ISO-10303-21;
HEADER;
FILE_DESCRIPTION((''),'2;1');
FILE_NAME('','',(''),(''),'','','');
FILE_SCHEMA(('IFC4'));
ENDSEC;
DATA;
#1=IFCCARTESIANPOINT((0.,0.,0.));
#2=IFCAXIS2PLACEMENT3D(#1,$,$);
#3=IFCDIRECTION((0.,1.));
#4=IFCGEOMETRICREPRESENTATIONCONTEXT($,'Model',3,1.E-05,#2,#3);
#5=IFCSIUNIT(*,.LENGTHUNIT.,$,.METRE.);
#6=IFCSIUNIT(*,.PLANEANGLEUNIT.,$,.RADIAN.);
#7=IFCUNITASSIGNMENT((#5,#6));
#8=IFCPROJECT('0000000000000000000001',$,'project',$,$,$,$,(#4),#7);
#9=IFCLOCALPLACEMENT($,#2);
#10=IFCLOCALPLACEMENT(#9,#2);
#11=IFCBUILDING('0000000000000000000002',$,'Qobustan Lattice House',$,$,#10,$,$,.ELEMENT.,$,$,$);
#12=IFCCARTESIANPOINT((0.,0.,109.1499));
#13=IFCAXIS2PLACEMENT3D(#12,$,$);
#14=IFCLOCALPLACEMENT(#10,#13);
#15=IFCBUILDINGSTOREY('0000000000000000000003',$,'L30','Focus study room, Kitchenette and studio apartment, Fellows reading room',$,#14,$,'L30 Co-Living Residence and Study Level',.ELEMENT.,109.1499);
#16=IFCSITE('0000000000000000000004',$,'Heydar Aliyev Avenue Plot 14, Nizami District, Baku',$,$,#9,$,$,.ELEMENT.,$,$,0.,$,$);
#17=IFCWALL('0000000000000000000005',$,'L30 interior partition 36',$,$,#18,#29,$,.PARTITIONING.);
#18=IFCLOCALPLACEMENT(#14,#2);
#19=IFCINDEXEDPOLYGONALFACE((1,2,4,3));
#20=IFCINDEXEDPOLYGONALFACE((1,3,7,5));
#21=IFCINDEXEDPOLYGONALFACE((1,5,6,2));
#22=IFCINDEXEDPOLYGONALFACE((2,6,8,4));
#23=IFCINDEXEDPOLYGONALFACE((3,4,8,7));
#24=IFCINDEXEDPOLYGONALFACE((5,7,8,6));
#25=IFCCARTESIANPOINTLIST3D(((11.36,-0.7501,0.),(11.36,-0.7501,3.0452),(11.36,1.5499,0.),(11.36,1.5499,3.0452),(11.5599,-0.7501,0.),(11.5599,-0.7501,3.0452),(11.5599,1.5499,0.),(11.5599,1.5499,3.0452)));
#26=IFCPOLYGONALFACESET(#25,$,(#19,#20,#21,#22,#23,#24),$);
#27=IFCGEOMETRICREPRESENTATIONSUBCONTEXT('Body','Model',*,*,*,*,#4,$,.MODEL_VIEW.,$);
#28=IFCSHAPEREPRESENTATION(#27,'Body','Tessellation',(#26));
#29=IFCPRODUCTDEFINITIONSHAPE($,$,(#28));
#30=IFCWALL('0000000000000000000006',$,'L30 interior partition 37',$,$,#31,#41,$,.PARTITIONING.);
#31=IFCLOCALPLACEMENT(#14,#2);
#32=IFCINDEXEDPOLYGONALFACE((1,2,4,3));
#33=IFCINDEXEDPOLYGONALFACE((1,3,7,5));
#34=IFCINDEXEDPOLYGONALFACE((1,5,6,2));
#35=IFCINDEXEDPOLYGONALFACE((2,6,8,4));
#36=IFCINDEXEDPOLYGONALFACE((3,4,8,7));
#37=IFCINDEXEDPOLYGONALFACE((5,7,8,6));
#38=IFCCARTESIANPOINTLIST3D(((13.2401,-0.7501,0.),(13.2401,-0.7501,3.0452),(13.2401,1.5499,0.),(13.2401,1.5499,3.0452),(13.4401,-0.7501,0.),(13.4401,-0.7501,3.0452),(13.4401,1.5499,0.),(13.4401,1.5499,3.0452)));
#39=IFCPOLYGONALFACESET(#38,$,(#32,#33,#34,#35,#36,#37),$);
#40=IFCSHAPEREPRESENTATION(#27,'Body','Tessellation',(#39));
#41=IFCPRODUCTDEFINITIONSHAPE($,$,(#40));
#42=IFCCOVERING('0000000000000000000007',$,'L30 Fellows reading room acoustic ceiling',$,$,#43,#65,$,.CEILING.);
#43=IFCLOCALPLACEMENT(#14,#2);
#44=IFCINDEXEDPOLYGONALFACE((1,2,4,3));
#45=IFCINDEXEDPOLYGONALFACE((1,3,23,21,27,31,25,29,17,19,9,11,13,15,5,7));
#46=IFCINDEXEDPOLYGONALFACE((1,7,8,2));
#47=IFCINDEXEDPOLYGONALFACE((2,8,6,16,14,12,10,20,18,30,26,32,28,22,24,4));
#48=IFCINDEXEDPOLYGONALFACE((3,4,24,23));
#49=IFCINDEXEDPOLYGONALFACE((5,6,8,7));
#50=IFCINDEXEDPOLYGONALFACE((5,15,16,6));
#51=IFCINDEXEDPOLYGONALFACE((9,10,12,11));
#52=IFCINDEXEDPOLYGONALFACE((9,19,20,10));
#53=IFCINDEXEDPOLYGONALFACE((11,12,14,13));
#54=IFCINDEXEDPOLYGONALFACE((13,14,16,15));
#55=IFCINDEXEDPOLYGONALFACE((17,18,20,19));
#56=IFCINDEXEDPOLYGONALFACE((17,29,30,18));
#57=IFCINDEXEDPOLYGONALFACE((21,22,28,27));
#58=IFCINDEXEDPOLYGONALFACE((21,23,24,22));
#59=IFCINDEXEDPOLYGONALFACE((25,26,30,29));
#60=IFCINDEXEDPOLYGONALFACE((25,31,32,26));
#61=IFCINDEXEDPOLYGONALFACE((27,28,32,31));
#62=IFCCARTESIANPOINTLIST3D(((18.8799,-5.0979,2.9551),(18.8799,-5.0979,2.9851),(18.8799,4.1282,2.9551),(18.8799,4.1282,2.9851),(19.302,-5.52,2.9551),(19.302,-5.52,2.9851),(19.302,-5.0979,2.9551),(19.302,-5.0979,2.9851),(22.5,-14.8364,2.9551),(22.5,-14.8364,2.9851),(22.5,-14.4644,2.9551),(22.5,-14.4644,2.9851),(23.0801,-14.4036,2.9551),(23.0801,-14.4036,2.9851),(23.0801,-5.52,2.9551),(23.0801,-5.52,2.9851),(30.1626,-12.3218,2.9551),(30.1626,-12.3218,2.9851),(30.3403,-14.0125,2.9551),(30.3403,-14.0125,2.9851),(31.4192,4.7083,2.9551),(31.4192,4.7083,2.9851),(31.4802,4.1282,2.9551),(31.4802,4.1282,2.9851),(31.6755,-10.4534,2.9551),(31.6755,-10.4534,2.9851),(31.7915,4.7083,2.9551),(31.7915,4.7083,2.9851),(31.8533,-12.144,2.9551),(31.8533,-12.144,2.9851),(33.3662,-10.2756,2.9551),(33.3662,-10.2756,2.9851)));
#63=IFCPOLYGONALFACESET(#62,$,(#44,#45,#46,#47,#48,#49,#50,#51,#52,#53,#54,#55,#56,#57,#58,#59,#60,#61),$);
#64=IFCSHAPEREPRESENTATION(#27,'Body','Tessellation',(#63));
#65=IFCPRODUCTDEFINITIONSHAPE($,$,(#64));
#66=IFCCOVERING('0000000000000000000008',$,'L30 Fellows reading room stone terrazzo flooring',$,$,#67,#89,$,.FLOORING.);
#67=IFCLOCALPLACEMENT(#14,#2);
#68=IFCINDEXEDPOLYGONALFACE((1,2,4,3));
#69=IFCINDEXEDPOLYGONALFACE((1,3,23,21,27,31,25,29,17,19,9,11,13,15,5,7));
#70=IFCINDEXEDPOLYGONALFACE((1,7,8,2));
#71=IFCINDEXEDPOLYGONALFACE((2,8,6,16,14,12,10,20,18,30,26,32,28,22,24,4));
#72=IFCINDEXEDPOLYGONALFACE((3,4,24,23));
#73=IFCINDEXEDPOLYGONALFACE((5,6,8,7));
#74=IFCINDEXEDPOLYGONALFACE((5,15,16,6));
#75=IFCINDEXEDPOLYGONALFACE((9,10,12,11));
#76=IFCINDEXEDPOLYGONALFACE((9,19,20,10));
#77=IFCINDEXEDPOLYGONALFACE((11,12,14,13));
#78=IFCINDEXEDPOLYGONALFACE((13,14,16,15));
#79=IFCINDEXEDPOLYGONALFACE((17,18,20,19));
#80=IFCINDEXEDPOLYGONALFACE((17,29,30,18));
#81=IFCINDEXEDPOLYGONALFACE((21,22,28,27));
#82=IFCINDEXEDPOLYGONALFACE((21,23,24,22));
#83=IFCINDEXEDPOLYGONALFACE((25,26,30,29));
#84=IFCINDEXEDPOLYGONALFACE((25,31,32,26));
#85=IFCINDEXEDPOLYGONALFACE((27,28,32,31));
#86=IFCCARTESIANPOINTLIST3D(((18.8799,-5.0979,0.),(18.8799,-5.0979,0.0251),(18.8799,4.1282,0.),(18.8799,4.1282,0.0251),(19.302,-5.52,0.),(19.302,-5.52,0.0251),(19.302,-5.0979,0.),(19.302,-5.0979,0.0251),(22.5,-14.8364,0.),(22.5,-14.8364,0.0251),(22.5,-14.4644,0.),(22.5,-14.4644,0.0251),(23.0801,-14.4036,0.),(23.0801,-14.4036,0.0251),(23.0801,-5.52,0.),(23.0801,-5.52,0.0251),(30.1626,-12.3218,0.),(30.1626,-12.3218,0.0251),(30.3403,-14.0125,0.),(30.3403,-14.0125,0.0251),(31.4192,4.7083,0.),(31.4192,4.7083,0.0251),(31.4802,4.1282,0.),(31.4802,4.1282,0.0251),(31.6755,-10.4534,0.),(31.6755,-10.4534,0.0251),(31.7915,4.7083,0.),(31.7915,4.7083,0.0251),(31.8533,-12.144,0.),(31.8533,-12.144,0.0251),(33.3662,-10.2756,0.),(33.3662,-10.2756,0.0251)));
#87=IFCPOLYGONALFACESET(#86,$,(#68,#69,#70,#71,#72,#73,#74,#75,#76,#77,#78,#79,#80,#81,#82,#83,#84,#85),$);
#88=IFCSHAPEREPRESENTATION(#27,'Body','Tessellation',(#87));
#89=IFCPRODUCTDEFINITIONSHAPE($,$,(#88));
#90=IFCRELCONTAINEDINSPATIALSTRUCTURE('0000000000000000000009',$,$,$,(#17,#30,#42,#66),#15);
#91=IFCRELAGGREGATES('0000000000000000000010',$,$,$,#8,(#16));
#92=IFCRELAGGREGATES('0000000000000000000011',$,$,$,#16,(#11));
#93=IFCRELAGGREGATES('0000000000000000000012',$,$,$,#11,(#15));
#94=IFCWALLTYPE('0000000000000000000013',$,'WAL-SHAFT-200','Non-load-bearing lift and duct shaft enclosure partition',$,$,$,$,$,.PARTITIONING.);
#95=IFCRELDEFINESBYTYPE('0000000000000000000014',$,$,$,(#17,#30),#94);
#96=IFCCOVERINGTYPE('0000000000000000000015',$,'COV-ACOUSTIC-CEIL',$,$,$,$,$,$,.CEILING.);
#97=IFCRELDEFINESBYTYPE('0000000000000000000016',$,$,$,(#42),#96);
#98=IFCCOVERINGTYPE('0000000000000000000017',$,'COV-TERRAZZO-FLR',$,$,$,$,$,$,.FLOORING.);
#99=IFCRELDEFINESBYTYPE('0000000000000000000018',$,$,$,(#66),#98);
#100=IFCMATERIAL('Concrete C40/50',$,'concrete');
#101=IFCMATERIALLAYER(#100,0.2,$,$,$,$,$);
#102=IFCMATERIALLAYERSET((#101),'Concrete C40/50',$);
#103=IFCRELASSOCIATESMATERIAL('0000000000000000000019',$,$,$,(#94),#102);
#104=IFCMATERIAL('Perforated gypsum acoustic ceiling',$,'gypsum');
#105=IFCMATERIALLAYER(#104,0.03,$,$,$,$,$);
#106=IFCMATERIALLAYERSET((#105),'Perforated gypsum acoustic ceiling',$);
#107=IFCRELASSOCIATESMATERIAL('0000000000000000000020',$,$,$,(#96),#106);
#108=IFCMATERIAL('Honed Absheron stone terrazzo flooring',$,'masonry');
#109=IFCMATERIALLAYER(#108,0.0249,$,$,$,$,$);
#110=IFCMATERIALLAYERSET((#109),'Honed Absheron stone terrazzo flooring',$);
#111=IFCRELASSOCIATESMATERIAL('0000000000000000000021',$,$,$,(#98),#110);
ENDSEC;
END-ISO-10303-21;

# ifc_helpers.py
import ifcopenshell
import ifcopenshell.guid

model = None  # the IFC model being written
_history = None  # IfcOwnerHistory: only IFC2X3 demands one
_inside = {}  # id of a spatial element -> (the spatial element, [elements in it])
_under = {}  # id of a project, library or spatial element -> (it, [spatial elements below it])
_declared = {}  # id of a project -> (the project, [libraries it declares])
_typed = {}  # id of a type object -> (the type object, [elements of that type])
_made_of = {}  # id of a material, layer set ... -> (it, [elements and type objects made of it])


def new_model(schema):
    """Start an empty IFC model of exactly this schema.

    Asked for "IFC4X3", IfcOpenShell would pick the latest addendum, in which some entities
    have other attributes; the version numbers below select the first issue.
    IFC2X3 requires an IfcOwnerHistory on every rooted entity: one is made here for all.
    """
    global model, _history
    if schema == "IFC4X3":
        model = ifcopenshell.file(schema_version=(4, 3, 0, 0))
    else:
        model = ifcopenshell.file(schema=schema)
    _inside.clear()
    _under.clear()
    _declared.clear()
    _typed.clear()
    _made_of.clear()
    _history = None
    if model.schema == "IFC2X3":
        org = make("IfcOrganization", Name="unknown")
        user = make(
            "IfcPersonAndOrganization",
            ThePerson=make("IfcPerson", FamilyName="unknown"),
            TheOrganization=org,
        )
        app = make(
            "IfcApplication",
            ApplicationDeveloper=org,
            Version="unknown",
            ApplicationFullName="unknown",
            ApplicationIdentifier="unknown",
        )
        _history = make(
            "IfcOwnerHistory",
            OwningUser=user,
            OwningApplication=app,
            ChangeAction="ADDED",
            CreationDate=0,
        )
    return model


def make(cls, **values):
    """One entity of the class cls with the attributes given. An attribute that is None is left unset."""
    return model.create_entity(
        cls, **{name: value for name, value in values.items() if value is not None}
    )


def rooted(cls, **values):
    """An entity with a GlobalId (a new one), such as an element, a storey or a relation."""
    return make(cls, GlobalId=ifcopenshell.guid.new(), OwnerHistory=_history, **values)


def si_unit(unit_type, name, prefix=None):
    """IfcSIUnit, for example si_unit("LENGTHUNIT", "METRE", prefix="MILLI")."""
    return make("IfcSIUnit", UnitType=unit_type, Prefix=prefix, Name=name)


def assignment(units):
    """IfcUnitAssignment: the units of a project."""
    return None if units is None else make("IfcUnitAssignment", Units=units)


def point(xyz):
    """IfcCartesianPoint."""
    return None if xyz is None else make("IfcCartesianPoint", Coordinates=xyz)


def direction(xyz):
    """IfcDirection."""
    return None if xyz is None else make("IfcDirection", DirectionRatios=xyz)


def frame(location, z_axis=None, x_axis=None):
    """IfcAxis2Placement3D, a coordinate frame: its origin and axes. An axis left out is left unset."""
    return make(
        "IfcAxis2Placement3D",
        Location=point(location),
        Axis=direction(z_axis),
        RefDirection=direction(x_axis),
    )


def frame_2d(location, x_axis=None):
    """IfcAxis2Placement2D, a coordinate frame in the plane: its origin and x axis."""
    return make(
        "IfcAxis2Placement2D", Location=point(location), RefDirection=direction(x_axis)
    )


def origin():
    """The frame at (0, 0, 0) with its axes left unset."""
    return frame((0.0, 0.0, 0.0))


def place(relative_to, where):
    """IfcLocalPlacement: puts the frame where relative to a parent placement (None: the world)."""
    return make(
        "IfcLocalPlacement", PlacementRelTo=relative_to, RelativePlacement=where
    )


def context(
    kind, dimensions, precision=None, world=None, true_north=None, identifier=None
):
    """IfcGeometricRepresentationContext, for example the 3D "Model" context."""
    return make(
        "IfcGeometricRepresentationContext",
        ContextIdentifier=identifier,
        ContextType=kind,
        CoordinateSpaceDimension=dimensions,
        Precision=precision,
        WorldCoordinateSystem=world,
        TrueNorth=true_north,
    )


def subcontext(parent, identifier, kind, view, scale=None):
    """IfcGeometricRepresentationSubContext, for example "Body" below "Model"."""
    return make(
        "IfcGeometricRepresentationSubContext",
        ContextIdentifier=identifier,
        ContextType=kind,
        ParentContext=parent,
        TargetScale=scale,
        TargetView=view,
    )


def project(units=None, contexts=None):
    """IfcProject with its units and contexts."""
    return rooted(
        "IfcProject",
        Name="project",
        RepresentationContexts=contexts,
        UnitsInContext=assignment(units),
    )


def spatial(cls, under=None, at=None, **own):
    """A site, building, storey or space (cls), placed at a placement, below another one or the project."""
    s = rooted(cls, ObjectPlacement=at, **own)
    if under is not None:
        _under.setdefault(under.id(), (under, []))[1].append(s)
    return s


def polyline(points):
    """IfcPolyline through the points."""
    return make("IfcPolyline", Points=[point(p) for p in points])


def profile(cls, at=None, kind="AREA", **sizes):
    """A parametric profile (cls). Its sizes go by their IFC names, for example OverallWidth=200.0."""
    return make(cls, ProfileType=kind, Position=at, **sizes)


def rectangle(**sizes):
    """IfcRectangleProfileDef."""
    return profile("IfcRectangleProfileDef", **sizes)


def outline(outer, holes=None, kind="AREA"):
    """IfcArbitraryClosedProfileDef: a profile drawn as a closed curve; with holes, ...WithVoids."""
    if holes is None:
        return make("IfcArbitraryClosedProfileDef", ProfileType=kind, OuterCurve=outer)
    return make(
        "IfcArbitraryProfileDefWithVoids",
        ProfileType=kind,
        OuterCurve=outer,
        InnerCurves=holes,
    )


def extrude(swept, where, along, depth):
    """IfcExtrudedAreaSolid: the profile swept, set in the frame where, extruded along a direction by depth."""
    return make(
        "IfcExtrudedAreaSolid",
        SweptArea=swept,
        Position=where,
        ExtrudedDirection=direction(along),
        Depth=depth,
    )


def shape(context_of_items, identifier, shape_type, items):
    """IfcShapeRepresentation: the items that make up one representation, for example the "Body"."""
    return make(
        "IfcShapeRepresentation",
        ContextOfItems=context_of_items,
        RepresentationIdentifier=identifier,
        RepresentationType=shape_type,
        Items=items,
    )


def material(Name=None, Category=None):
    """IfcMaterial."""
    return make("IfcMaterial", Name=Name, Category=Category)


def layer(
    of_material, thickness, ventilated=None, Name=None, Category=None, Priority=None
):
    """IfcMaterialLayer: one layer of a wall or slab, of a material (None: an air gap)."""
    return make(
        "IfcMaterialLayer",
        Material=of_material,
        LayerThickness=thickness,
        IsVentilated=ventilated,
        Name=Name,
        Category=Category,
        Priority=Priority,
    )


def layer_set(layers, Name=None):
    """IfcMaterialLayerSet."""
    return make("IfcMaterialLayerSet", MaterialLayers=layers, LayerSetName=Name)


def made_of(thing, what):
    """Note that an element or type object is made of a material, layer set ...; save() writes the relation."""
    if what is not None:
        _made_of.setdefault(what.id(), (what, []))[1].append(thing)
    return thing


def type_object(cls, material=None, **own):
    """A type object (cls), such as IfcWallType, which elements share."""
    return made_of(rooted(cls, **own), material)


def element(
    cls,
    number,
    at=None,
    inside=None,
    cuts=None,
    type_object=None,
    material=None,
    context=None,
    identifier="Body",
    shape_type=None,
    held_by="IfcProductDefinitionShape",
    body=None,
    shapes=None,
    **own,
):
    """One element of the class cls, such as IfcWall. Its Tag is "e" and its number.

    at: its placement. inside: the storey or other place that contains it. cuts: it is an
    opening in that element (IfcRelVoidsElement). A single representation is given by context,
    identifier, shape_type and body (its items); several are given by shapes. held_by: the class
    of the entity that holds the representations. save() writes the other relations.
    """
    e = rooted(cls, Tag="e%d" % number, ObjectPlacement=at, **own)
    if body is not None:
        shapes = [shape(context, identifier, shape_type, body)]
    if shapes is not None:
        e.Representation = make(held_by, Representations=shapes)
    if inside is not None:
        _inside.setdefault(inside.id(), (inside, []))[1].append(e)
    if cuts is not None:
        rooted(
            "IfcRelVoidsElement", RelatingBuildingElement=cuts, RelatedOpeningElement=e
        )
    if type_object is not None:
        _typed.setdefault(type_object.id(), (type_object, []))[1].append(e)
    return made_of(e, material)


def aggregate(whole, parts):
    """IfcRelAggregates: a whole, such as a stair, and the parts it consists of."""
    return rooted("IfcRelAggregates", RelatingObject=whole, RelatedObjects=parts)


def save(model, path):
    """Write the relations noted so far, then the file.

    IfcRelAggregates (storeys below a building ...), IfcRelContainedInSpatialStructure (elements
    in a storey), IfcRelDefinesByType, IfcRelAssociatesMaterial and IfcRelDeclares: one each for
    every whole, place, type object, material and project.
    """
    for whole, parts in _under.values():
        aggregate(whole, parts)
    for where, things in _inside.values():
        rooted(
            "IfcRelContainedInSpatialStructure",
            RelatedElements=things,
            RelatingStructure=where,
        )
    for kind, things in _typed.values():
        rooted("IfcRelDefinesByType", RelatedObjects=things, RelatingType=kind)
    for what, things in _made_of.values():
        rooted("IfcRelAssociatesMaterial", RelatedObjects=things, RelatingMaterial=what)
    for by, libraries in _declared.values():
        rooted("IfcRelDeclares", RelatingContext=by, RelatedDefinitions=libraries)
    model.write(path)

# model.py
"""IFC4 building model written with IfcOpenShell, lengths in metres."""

from ifc_helpers import new_model, si_unit, direction, frame, frame_2d, origin, place, context, subcontext, project, spatial, polyline, rectangle, outline, extrude, material, layer, layer_set, type_object, element, save


model = new_model("IFC4")

# Units and contexts
model_context = context("Model", 3, precision=1e-05, world=origin(), true_north=direction((0.0, 1.0)))
body_context = subcontext(model_context, "Body", "Model", "MODEL_VIEW")
ifc_project = project(units=[si_unit("LENGTHUNIT", "METRE"), si_unit("PLANEANGLEUNIT", "RADIAN")], contexts=[model_context])

# Site, building, storey
site_placement = place(None, origin())
site = spatial("IfcSite", under=ifc_project, at=site_placement, Name="Heydar Aliyev Avenue Plot 14, Nizami District, Baku", CompositionType="ELEMENT", RefElevation=0.0)
building_placement = place(site_placement, origin())
building = spatial("IfcBuilding", under=site, at=building_placement, Name="Qobustan Lattice House", CompositionType="ELEMENT")
storey_placement = place(building_placement, frame((0.0, 0.0, 109.1499)))
storey = spatial("IfcBuildingStorey", under=building, at=storey_placement, Name="L30", Description="Focus study room, Kitchenette and studio apartment, Fellows reading room", LongName="L30 Co-Living Residence and Study Level", CompositionType="ELEMENT", Elevation=109.1499)

# Walls
ifc_material_1 = material(Name="Concrete C40/50", Category="concrete")
ifc_layer_1 = layer(ifc_material_1, 0.2)
ifc_layer_set_1 = layer_set([ifc_layer_1], Name="Concrete C40/50")
wall_type_1 = type_object("IfcWallType", Name="WAL-SHAFT-200", Description="Non-load-bearing lift and duct shaft enclosure partition", PredefinedType="PARTITIONING", material=ifc_layer_set_1)
for number, where, z_axis, x_axis, name in (
    (1, (11.46, -0.75, 0.0), (0.0, 0.0, 1.0), (0.0, 1.0, 0.0), "L30 interior partition 36"),
    (2, (13.3401, -0.75, 0.0), (0.0, 0.0, 1.0), (0.0, 1.0, 0.0), "L30 interior partition 37"),
):
    element("IfcWall", number, at=place(storey_placement, frame(where, z_axis=z_axis, x_axis=x_axis)), inside=storey, type_object=wall_type_1, Name=name, PredefinedType="PARTITIONING", context=body_context, shape_type="SweptSolid", body=[
        extrude(rectangle(XDim=2.3, YDim=0.2, at=frame_2d((1.1499, 0.0))), origin(), (0.0, 0.0, 1.0), 3.0452),
    ])

# Coverings
ifc_material_2 = material(Name="Perforated gypsum acoustic ceiling", Category="gypsum")
ifc_layer_2 = layer(ifc_material_2, 0.03)
ifc_layer_set_2 = layer_set([ifc_layer_2], Name="Perforated gypsum acoustic ceiling")
covering_type_1 = type_object("IfcCoveringType", Name="COV-ACOUSTIC-CEIL", PredefinedType="CEILING", material=ifc_layer_set_2)
covering_1_placement = place(storey_placement, frame((0.0, 0.0, 2.9551)))
element("IfcCovering", 3, at=covering_1_placement, inside=storey, type_object=covering_type_1, Name="L30 Fellows reading room acoustic ceiling", PredefinedType="CEILING", context=body_context, shape_type="SweptSolid", body=[
    extrude(outline(polyline([(31.8533, -12.144), (31.6755, -10.4534), (33.3662, -10.2756), (31.7915, 4.7083), (31.4192, 4.7083), (31.4802, 4.1282), (18.8799, 4.1282), (18.8799, -5.0979), (19.302, -5.0979), (19.302, -5.52), (23.0801, -5.52), (23.0801, -14.4036), (22.5, -14.4644), (22.5, -14.8364), (30.3403, -14.0125), (30.1626, -12.3218), (31.8533, -12.144)])), origin(), (0.0, 0.0, 1.0), 0.03),
])
ifc_material_3 = material(Name="Honed Absheron stone terrazzo flooring", Category="masonry")
ifc_layer_3 = layer(ifc_material_3, 0.0249)
ifc_layer_set_3 = layer_set([ifc_layer_3], Name="Honed Absheron stone terrazzo flooring")
covering_type_2 = type_object("IfcCoveringType", Name="COV-TERRAZZO-FLR", PredefinedType="FLOORING", material=ifc_layer_set_3)
covering_2_placement = place(storey_placement, origin())
element("IfcCovering", 4, at=covering_2_placement, inside=storey, type_object=covering_type_2, Name="L30 Fellows reading room stone terrazzo flooring", PredefinedType="FLOORING", context=body_context, shape_type="SweptSolid", body=[
    extrude(outline(polyline([(31.8533, -12.144), (31.6755, -10.4534), (33.3662, -10.2756), (31.7915, 4.7083), (31.4192, 4.7083), (31.4802, 4.1282), (18.8799, 4.1282), (18.8799, -5.0979), (19.302, -5.0979), (19.302, -5.52), (23.0801, -5.52), (23.0801, -14.4036), (22.5, -14.4644), (22.5, -14.8364), (30.3403, -14.0125), (30.1626, -12.3218), (31.8533, -12.144)])), origin(), (0.0, 0.0, 1.0), 0.0251),
])

save(model, "model.ifc")
